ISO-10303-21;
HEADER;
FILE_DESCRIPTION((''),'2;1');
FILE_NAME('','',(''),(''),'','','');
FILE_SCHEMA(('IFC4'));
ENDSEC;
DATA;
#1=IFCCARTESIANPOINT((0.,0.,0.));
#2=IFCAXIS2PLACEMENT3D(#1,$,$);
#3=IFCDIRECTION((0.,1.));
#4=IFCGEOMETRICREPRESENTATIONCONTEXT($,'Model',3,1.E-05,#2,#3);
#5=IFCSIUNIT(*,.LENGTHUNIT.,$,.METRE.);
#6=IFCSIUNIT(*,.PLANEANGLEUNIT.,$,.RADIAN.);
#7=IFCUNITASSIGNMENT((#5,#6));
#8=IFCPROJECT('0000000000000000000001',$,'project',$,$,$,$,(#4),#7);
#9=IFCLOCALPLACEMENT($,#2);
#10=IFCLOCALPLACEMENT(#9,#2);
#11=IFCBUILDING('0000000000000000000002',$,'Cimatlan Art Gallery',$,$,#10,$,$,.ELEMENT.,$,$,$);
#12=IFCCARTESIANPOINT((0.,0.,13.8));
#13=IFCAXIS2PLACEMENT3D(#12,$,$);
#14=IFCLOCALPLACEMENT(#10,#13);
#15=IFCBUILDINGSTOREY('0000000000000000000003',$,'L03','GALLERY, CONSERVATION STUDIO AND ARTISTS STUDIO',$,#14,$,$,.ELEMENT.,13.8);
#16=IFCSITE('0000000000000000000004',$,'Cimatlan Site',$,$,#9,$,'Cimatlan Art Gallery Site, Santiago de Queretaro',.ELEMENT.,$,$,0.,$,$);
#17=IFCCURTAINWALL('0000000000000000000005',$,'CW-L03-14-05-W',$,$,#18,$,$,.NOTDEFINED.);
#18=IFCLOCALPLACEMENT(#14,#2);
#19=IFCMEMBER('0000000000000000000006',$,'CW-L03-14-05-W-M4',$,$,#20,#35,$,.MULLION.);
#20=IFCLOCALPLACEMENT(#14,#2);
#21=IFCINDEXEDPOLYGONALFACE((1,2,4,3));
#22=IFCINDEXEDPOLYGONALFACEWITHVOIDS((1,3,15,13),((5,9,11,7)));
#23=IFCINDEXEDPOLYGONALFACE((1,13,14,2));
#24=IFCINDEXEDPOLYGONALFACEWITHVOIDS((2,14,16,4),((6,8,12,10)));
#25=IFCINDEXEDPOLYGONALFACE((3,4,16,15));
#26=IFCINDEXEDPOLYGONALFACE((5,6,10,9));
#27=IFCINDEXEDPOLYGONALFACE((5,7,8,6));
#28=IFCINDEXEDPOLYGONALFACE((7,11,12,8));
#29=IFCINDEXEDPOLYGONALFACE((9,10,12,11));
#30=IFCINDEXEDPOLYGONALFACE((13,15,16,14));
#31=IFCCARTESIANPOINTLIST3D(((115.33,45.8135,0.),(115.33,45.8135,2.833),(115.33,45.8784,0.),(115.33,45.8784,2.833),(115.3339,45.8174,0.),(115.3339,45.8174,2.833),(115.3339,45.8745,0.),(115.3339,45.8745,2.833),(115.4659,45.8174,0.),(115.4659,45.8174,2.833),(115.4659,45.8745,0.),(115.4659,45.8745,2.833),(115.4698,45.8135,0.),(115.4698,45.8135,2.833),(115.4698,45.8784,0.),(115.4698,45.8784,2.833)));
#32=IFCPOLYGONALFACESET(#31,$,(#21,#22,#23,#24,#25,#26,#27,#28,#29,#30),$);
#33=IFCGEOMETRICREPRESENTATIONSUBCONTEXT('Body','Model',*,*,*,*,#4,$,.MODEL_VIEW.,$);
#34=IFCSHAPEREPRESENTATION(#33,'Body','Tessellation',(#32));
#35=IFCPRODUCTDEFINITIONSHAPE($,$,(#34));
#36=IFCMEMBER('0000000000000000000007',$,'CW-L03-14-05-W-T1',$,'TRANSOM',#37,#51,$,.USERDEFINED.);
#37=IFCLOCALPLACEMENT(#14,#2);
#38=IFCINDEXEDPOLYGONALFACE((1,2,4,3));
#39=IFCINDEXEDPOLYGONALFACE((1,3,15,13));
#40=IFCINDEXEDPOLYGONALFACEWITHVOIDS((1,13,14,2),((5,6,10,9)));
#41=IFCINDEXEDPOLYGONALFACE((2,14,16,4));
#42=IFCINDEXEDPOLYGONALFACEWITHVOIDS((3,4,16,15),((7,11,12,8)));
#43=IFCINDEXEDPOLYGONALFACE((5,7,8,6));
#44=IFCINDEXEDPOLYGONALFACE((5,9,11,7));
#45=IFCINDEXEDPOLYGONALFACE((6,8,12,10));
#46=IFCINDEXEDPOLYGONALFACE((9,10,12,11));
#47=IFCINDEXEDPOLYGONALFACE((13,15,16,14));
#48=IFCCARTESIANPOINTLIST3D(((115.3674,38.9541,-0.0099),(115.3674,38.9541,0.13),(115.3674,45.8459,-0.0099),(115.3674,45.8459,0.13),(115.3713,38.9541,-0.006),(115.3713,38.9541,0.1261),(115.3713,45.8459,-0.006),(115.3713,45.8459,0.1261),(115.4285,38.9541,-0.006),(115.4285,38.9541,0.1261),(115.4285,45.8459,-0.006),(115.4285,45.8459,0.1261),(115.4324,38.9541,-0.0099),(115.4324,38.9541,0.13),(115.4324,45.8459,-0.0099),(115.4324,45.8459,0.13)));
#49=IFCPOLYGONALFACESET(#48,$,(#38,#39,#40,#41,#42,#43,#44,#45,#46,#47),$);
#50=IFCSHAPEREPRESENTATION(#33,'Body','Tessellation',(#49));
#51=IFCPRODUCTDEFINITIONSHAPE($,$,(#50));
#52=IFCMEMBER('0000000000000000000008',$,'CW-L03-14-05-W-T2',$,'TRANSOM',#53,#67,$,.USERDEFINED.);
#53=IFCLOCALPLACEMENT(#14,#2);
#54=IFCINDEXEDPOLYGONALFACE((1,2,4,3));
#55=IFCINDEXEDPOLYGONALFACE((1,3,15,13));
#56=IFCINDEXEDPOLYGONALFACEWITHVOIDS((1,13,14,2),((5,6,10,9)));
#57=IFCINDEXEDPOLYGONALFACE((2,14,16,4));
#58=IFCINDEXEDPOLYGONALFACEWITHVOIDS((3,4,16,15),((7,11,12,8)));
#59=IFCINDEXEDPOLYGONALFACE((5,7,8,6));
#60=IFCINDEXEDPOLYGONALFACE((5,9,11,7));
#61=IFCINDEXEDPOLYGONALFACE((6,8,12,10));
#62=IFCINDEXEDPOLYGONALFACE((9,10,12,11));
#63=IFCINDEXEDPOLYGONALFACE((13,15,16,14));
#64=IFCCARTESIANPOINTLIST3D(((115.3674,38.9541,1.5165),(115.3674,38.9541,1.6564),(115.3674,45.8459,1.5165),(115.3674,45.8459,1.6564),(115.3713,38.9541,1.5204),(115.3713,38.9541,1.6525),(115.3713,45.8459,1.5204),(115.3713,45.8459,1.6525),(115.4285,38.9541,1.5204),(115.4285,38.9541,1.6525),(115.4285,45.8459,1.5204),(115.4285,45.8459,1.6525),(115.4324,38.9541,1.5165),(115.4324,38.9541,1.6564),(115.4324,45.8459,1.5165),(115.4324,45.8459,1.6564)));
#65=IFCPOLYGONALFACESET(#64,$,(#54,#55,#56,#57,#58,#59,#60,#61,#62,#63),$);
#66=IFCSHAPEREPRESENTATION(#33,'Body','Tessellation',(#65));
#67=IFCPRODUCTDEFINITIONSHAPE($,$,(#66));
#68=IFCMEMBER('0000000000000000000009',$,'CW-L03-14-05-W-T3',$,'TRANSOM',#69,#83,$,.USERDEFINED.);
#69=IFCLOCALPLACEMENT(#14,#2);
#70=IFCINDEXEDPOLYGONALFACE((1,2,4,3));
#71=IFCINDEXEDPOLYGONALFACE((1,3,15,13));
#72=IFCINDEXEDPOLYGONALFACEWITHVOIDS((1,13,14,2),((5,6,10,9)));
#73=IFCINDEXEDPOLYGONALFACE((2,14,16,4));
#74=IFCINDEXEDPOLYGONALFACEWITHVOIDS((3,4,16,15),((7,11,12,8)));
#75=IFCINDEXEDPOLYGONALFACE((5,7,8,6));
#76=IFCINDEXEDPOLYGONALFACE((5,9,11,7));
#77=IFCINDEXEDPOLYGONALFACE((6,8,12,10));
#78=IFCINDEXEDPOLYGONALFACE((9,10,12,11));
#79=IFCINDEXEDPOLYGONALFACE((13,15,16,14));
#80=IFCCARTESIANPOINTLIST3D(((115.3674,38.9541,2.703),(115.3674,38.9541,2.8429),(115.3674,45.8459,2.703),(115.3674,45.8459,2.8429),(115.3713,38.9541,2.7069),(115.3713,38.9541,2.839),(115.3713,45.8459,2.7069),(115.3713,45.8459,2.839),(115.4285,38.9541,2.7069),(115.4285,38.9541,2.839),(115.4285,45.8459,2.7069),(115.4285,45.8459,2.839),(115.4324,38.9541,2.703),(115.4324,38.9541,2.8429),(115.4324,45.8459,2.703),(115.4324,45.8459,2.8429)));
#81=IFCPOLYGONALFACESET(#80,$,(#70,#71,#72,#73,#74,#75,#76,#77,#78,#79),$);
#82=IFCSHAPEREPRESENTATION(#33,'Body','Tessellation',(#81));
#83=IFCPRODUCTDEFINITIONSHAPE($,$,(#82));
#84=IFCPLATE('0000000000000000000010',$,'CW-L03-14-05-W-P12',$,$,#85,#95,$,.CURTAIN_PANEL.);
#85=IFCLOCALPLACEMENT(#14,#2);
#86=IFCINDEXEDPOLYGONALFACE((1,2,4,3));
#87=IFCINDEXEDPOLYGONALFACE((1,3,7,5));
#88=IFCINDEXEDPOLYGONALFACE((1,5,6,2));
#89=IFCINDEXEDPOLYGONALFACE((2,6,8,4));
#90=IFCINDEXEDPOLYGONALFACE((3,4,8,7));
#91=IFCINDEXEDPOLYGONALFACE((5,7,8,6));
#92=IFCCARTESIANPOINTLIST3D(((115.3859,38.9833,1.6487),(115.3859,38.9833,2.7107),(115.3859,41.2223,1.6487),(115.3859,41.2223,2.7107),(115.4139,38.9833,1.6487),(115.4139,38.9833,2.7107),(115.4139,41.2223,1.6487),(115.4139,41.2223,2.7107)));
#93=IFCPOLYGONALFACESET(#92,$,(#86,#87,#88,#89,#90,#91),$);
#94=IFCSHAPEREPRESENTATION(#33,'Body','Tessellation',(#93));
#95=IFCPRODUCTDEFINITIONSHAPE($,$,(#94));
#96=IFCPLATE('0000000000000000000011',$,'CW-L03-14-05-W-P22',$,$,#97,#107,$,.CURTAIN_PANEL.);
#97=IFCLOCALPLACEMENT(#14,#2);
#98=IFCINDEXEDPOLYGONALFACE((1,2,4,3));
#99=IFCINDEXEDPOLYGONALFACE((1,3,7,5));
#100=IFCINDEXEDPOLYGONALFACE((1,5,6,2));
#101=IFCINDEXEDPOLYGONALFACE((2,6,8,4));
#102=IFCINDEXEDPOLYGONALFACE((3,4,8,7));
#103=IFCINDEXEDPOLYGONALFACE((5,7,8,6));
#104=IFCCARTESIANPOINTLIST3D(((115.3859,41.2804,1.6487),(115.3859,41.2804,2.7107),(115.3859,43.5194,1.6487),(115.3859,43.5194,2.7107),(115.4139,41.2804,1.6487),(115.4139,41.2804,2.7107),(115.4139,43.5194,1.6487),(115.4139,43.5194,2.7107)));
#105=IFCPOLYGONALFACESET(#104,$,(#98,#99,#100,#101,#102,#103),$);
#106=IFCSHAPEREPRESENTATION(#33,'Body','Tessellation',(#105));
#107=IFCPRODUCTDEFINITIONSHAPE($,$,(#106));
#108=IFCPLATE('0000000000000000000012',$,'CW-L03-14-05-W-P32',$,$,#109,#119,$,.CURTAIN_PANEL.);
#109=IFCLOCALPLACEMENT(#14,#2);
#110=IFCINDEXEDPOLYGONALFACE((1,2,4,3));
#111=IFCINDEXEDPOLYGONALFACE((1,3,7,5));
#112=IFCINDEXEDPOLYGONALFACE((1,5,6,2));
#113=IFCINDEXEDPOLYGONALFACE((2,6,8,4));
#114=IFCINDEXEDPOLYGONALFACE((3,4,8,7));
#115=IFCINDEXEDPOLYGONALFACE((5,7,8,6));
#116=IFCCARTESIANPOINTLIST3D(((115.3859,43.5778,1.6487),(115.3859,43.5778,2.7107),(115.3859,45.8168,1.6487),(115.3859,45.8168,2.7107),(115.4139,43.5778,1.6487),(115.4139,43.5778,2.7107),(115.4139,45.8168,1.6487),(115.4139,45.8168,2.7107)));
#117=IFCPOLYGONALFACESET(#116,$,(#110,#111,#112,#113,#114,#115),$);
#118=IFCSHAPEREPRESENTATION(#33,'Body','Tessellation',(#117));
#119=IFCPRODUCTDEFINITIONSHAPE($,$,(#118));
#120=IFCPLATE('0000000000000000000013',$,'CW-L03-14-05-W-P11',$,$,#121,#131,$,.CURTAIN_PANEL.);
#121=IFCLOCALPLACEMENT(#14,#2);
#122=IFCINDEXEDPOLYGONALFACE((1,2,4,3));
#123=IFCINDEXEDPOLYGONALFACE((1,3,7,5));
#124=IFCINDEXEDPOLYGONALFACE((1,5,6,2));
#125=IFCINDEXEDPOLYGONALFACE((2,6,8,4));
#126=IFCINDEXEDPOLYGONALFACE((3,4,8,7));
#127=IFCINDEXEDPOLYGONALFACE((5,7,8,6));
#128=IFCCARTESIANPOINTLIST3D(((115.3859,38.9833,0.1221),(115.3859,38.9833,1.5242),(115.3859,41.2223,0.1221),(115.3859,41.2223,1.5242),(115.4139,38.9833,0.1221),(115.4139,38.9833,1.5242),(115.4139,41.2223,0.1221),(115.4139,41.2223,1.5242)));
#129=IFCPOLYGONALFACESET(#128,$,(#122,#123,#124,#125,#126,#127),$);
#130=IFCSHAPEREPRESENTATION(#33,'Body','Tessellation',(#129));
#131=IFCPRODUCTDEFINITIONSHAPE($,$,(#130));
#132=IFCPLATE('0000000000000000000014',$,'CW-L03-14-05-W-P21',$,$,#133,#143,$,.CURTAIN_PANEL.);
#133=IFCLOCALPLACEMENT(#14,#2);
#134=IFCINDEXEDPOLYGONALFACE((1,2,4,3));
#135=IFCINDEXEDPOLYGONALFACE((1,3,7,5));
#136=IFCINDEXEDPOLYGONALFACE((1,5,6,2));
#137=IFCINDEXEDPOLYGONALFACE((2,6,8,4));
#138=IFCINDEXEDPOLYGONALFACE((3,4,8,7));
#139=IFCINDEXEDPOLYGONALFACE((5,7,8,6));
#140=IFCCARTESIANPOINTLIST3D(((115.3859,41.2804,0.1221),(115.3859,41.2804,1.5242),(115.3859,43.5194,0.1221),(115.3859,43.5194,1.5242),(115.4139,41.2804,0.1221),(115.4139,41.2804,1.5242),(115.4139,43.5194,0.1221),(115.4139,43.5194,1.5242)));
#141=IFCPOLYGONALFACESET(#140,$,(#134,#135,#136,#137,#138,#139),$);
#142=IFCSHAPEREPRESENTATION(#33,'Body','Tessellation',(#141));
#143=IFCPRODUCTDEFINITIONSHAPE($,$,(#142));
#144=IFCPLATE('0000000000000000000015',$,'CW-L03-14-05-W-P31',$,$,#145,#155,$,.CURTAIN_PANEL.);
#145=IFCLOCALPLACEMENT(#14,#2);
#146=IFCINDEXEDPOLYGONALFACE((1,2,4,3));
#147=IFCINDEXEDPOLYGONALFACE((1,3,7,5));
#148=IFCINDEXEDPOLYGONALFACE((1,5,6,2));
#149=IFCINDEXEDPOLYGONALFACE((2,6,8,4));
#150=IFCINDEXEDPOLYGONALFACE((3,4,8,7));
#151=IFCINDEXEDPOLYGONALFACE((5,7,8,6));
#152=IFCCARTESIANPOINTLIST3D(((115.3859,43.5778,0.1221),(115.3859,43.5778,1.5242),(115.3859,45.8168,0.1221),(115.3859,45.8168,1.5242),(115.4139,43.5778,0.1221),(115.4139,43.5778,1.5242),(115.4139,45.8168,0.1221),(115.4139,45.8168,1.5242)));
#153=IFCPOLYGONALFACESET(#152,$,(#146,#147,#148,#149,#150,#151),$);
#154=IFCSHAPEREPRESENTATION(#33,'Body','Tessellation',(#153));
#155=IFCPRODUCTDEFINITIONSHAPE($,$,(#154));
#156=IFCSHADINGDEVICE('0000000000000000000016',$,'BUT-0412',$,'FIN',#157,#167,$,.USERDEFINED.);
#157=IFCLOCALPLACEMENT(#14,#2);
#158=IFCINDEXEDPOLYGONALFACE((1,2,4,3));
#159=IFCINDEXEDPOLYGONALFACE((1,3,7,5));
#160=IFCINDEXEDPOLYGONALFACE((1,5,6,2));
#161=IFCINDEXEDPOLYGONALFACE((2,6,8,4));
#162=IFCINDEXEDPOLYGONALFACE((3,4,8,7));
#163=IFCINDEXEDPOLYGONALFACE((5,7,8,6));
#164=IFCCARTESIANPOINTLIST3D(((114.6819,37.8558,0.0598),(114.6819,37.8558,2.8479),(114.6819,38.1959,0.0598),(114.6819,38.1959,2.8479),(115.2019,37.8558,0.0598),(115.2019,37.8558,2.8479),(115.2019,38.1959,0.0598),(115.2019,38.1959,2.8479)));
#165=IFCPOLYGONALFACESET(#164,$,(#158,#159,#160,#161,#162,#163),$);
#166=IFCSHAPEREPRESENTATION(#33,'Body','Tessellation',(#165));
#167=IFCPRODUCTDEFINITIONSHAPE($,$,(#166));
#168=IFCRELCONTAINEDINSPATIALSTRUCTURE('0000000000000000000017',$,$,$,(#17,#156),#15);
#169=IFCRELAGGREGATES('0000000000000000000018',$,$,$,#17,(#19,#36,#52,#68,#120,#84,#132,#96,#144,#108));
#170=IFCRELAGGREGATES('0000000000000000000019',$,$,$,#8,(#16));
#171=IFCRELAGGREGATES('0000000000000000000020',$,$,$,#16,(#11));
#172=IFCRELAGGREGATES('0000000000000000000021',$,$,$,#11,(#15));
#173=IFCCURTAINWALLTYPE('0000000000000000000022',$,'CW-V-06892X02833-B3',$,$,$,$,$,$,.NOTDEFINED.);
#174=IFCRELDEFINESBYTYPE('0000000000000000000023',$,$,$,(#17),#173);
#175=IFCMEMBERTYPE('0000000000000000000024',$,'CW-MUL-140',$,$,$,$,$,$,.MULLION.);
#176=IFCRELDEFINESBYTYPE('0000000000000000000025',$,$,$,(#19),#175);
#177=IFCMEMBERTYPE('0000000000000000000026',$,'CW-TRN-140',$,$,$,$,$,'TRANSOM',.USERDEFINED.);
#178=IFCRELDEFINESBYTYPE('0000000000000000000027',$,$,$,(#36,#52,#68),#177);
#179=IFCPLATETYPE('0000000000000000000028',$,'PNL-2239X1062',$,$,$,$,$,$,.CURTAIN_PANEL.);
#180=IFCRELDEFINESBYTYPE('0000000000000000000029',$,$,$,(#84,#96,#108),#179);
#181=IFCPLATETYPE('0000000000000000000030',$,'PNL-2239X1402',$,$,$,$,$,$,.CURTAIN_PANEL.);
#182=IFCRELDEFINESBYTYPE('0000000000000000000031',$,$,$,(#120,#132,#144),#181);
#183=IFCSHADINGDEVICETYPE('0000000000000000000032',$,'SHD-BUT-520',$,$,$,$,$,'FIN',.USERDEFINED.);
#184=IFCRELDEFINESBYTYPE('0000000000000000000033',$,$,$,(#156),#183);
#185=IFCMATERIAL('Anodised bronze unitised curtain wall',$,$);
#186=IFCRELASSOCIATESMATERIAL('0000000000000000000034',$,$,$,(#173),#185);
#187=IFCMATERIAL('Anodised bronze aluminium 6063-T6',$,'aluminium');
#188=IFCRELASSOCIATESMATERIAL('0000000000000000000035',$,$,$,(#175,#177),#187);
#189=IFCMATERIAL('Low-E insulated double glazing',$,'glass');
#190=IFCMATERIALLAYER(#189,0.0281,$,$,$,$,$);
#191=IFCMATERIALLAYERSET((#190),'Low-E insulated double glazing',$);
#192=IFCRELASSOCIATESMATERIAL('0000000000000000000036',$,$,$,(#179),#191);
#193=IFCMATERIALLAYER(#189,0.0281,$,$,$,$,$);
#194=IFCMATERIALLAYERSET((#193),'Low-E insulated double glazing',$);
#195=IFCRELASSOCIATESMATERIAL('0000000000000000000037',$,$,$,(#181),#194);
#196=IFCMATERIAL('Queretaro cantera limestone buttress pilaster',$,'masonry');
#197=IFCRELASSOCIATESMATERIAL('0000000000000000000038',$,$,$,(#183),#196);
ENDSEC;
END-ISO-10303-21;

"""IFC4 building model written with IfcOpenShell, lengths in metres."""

from ifc_helpers import new_model, si_unit, direction, frame, origin, origin_2d, place, context, subcontext, project, spatial, rectangle, hollow_rectangle, extrude, material, layer, layer_set, material_profile, profile_set, type_object, element, aggregate, save


model = new_model("IFC4")

# Units and contexts
model_context = context("Model", 3, precision=1e-05, world=origin(), true_north=direction((0.0, 1.0)))
body_context = subcontext(model_context, "Body", "Model", "MODEL_VIEW")
ifc_project = project(units=[si_unit("LENGTHUNIT", "METRE"), si_unit("PLANEANGLEUNIT", "RADIAN")], contexts=[model_context])

# Site, building, storey
site_placement = place(None, origin())
site = spatial("IfcSite", under=ifc_project, at=site_placement, Name="Cimatlan Site", LongName="Cimatlan Art Gallery Site, Santiago de Queretaro", CompositionType="ELEMENT", RefElevation=0.0)
building_placement = place(site_placement, origin())
building = spatial("IfcBuilding", under=site, at=building_placement, Name="Cimatlan Art Gallery", CompositionType="ELEMENT")
storey_placement = place(building_placement, frame((0.0, 0.0, 13.8)))
storey = spatial("IfcBuildingStorey", under=building, at=storey_placement, Name="L03", Description="GALLERY, CONSERVATION STUDIO AND ARTISTS STUDIO", CompositionType="ELEMENT", Elevation=13.8)

# Curtain wall, members, plates
ifc_material_1 = material(Name="Anodised bronze unitised curtain wall")
curtain_wall_type = type_object("IfcCurtainWallType", Name="CW-V-06892X02833-B3", PredefinedType="NOTDEFINED", material=ifc_material_1)
curtain_wall_placement = place(storey_placement, origin())
curtain_wall = element("IfcCurtainWall", 1, at=curtain_wall_placement, inside=storey, type_object=curtain_wall_type, Name="CW-L03-14-05-W", PredefinedType="NOTDEFINED")
ifc_material_2 = material(Name="Anodised bronze aluminium 6063-T6", Category="aluminium")
ifc_material_profile_1 = material_profile(ifc_material_2, hollow_rectangle(XDim=0.0649, YDim=0.1399, WallThickness=0.0039, at=origin_2d()), Name="ALU65X140X4")
ifc_profile_set_1 = profile_set([ifc_material_profile_1], Name="Anodised bronze aluminium 6063-T6")
member_type_1 = type_object("IfcMemberType", Name="CW-MUL-140", PredefinedType="MULLION", material=ifc_profile_set_1)
member_1_placement = place(storey_placement, frame((115.3999, 45.8459, 0.0), z_axis=(0.0, 0.0, 1.0), x_axis=(0.0, 1.0, 0.0)))
member_1 = element("IfcMember", 2, at=member_1_placement, type_object=member_type_1, Name="CW-L03-14-05-W-M4", PredefinedType="MULLION", context=body_context, shape_type="SweptSolid", body=[
    extrude(hollow_rectangle(XDim=0.0649, YDim=0.1399, WallThickness=0.0039, at=origin_2d()), origin(), (0.0, 0.0, 1.0), 2.833),
])
ifc_material_profile_2 = material_profile(ifc_material_2, hollow_rectangle(XDim=0.0649, YDim=0.1399, WallThickness=0.0039, at=origin_2d()), Name="ALU65X140X4")
ifc_profile_set_2 = profile_set([ifc_material_profile_2], Name="Anodised bronze aluminium 6063-T6")
member_type_2 = type_object("IfcMemberType", Name="CW-TRN-140", ElementType="TRANSOM", PredefinedType="USERDEFINED", material=ifc_profile_set_2)
member_2_placement = place(storey_placement, frame((115.3999, 38.9541, 0.0601), z_axis=(0.0, 1.0, 0.0), x_axis=(-1.0, 0.0, 0.0)))
member_2 = element("IfcMember", 3, at=member_2_placement, type_object=member_type_2, Name="CW-L03-14-05-W-T1", ObjectType="TRANSOM", PredefinedType="USERDEFINED", context=body_context, shape_type="SweptSolid", body=[
    extrude(hollow_rectangle(XDim=0.0649, YDim=0.1399, WallThickness=0.0039, at=origin_2d()), origin(), (0.0, 0.0, 1.0), 6.8918),
])
member_3_placement = place(storey_placement, frame((115.3999, 38.9541, 1.5864), z_axis=(0.0, 1.0, 0.0), x_axis=(-1.0, 0.0, 0.0)))
member_3 = element("IfcMember", 4, at=member_3_placement, type_object=member_type_2, Name="CW-L03-14-05-W-T2", ObjectType="TRANSOM", PredefinedType="USERDEFINED", context=body_context, shape_type="SweptSolid", body=[
    extrude(hollow_rectangle(XDim=0.0649, YDim=0.1399, WallThickness=0.0039, at=origin_2d()), origin(), (0.0, 0.0, 1.0), 6.8918),
])
member_4_placement = place(storey_placement, frame((115.3999, 38.9541, 2.7729), z_axis=(0.0, 1.0, 0.0), x_axis=(-1.0, 0.0, 0.0)))
member_4 = element("IfcMember", 5, at=member_4_placement, type_object=member_type_2, Name="CW-L03-14-05-W-T3", ObjectType="TRANSOM", PredefinedType="USERDEFINED", context=body_context, shape_type="SweptSolid", body=[
    extrude(hollow_rectangle(XDim=0.0649, YDim=0.1399, WallThickness=0.0039, at=origin_2d()), origin(), (0.0, 0.0, 1.0), 6.8918),
])
ifc_material_3 = material(Name="Low-E insulated double glazing", Category="glass")
ifc_layer_1 = layer(ifc_material_3, 0.0281)
ifc_layer_set_1 = layer_set([ifc_layer_1], Name="Low-E insulated double glazing")
plate_type_1 = type_object("IfcPlateType", Name="PNL-2239X1062", PredefinedType="CURTAIN_PANEL", material=ifc_layer_set_1)
plate_1_placement = place(storey_placement, frame((115.3999, 40.1028, 1.6487), z_axis=(0.0, 0.0, 1.0), x_axis=(0.0, 1.0, 0.0)))
plate_1 = element("IfcPlate", 6, at=plate_1_placement, type_object=plate_type_1, Name="CW-L03-14-05-W-P12", PredefinedType="CURTAIN_PANEL", context=body_context, shape_type="SweptSolid", body=[
    extrude(rectangle(XDim=2.239, YDim=0.0281, at=origin_2d()), origin(), (0.0, 0.0, 1.0), 1.062),
])
plate_2_placement = place(storey_placement, frame((115.3999, 42.3999, 1.6487), z_axis=(0.0, 0.0, 1.0), x_axis=(0.0, 1.0, 0.0)))
plate_2 = element("IfcPlate", 7, at=plate_2_placement, type_object=plate_type_1, Name="CW-L03-14-05-W-P22", PredefinedType="CURTAIN_PANEL", context=body_context, shape_type="SweptSolid", body=[
    extrude(rectangle(XDim=2.239, YDim=0.0281, at=origin_2d()), origin(), (0.0, 0.0, 1.0), 1.062),
])
plate_3_placement = place(storey_placement, frame((115.3999, 44.6973, 1.6487), z_axis=(0.0, 0.0, 1.0), x_axis=(0.0, 1.0, 0.0)))
plate_3 = element("IfcPlate", 8, at=plate_3_placement, type_object=plate_type_1, Name="CW-L03-14-05-W-P32", PredefinedType="CURTAIN_PANEL", context=body_context, shape_type="SweptSolid", body=[
    extrude(rectangle(XDim=2.239, YDim=0.0281, at=origin_2d()), origin(), (0.0, 0.0, 1.0), 1.062),
])
ifc_layer_2 = layer(ifc_material_3, 0.0281)
ifc_layer_set_2 = layer_set([ifc_layer_2], Name="Low-E insulated double glazing")
plate_type_2 = type_object("IfcPlateType", Name="PNL-2239X1402", PredefinedType="CURTAIN_PANEL", material=ifc_layer_set_2)
plate_4_placement = place(storey_placement, frame((115.3999, 40.1028, 0.1221), z_axis=(0.0, 0.0, 1.0), x_axis=(0.0, 1.0, 0.0)))
plate_4 = element("IfcPlate", 9, at=plate_4_placement, type_object=plate_type_2, Name="CW-L03-14-05-W-P11", PredefinedType="CURTAIN_PANEL", context=body_context, shape_type="SweptSolid", body=[
    extrude(rectangle(XDim=2.239, YDim=0.0281, at=origin_2d()), origin(), (0.0, 0.0, 1.0), 1.4021),
])
plate_5_placement = place(storey_placement, frame((115.3999, 42.3999, 0.1221), z_axis=(0.0, 0.0, 1.0), x_axis=(0.0, 1.0, 0.0)))
plate_5 = element("IfcPlate", 10, at=plate_5_placement, type_object=plate_type_2, Name="CW-L03-14-05-W-P21", PredefinedType="CURTAIN_PANEL", context=body_context, shape_type="SweptSolid", body=[
    extrude(rectangle(XDim=2.239, YDim=0.0281, at=origin_2d()), origin(), (0.0, 0.0, 1.0), 1.4021),
])
plate_6_placement = place(storey_placement, frame((115.3999, 44.6973, 0.1221), z_axis=(0.0, 0.0, 1.0), x_axis=(0.0, 1.0, 0.0)))
plate_6 = element("IfcPlate", 11, at=plate_6_placement, type_object=plate_type_2, Name="CW-L03-14-05-W-P31", PredefinedType="CURTAIN_PANEL", context=body_context, shape_type="SweptSolid", body=[
    extrude(rectangle(XDim=2.239, YDim=0.0281, at=origin_2d()), origin(), (0.0, 0.0, 1.0), 1.4021),
])
aggregate(curtain_wall, [member_1, member_2, member_3, member_4, plate_4, plate_1, plate_5, plate_2, plate_6, plate_3])

# Shading device
ifc_material_4 = material(Name="Queretaro cantera limestone buttress pilaster", Category="masonry")
shading_device_type = type_object("IfcShadingDeviceType", Name="SHD-BUT-520", ElementType="FIN", PredefinedType="USERDEFINED", material=ifc_material_4)
shading_device_placement = place(storey_placement, frame((114.9419, 38.0259, 0.0598), z_axis=(0.0, 0.0, 1.0), x_axis=(0.0, 1.0, 0.0)))
element("IfcShadingDevice", 12, at=shading_device_placement, inside=storey, type_object=shading_device_type, Name="BUT-0412", ObjectType="FIN", PredefinedType="USERDEFINED", context=body_context, shape_type="SweptSolid", body=[
    extrude(rectangle(XDim=0.3401, YDim=0.52, at=origin_2d()), origin(), (0.0, 0.0, 1.0), 2.7881),
])

save(model, "model.ifc")
